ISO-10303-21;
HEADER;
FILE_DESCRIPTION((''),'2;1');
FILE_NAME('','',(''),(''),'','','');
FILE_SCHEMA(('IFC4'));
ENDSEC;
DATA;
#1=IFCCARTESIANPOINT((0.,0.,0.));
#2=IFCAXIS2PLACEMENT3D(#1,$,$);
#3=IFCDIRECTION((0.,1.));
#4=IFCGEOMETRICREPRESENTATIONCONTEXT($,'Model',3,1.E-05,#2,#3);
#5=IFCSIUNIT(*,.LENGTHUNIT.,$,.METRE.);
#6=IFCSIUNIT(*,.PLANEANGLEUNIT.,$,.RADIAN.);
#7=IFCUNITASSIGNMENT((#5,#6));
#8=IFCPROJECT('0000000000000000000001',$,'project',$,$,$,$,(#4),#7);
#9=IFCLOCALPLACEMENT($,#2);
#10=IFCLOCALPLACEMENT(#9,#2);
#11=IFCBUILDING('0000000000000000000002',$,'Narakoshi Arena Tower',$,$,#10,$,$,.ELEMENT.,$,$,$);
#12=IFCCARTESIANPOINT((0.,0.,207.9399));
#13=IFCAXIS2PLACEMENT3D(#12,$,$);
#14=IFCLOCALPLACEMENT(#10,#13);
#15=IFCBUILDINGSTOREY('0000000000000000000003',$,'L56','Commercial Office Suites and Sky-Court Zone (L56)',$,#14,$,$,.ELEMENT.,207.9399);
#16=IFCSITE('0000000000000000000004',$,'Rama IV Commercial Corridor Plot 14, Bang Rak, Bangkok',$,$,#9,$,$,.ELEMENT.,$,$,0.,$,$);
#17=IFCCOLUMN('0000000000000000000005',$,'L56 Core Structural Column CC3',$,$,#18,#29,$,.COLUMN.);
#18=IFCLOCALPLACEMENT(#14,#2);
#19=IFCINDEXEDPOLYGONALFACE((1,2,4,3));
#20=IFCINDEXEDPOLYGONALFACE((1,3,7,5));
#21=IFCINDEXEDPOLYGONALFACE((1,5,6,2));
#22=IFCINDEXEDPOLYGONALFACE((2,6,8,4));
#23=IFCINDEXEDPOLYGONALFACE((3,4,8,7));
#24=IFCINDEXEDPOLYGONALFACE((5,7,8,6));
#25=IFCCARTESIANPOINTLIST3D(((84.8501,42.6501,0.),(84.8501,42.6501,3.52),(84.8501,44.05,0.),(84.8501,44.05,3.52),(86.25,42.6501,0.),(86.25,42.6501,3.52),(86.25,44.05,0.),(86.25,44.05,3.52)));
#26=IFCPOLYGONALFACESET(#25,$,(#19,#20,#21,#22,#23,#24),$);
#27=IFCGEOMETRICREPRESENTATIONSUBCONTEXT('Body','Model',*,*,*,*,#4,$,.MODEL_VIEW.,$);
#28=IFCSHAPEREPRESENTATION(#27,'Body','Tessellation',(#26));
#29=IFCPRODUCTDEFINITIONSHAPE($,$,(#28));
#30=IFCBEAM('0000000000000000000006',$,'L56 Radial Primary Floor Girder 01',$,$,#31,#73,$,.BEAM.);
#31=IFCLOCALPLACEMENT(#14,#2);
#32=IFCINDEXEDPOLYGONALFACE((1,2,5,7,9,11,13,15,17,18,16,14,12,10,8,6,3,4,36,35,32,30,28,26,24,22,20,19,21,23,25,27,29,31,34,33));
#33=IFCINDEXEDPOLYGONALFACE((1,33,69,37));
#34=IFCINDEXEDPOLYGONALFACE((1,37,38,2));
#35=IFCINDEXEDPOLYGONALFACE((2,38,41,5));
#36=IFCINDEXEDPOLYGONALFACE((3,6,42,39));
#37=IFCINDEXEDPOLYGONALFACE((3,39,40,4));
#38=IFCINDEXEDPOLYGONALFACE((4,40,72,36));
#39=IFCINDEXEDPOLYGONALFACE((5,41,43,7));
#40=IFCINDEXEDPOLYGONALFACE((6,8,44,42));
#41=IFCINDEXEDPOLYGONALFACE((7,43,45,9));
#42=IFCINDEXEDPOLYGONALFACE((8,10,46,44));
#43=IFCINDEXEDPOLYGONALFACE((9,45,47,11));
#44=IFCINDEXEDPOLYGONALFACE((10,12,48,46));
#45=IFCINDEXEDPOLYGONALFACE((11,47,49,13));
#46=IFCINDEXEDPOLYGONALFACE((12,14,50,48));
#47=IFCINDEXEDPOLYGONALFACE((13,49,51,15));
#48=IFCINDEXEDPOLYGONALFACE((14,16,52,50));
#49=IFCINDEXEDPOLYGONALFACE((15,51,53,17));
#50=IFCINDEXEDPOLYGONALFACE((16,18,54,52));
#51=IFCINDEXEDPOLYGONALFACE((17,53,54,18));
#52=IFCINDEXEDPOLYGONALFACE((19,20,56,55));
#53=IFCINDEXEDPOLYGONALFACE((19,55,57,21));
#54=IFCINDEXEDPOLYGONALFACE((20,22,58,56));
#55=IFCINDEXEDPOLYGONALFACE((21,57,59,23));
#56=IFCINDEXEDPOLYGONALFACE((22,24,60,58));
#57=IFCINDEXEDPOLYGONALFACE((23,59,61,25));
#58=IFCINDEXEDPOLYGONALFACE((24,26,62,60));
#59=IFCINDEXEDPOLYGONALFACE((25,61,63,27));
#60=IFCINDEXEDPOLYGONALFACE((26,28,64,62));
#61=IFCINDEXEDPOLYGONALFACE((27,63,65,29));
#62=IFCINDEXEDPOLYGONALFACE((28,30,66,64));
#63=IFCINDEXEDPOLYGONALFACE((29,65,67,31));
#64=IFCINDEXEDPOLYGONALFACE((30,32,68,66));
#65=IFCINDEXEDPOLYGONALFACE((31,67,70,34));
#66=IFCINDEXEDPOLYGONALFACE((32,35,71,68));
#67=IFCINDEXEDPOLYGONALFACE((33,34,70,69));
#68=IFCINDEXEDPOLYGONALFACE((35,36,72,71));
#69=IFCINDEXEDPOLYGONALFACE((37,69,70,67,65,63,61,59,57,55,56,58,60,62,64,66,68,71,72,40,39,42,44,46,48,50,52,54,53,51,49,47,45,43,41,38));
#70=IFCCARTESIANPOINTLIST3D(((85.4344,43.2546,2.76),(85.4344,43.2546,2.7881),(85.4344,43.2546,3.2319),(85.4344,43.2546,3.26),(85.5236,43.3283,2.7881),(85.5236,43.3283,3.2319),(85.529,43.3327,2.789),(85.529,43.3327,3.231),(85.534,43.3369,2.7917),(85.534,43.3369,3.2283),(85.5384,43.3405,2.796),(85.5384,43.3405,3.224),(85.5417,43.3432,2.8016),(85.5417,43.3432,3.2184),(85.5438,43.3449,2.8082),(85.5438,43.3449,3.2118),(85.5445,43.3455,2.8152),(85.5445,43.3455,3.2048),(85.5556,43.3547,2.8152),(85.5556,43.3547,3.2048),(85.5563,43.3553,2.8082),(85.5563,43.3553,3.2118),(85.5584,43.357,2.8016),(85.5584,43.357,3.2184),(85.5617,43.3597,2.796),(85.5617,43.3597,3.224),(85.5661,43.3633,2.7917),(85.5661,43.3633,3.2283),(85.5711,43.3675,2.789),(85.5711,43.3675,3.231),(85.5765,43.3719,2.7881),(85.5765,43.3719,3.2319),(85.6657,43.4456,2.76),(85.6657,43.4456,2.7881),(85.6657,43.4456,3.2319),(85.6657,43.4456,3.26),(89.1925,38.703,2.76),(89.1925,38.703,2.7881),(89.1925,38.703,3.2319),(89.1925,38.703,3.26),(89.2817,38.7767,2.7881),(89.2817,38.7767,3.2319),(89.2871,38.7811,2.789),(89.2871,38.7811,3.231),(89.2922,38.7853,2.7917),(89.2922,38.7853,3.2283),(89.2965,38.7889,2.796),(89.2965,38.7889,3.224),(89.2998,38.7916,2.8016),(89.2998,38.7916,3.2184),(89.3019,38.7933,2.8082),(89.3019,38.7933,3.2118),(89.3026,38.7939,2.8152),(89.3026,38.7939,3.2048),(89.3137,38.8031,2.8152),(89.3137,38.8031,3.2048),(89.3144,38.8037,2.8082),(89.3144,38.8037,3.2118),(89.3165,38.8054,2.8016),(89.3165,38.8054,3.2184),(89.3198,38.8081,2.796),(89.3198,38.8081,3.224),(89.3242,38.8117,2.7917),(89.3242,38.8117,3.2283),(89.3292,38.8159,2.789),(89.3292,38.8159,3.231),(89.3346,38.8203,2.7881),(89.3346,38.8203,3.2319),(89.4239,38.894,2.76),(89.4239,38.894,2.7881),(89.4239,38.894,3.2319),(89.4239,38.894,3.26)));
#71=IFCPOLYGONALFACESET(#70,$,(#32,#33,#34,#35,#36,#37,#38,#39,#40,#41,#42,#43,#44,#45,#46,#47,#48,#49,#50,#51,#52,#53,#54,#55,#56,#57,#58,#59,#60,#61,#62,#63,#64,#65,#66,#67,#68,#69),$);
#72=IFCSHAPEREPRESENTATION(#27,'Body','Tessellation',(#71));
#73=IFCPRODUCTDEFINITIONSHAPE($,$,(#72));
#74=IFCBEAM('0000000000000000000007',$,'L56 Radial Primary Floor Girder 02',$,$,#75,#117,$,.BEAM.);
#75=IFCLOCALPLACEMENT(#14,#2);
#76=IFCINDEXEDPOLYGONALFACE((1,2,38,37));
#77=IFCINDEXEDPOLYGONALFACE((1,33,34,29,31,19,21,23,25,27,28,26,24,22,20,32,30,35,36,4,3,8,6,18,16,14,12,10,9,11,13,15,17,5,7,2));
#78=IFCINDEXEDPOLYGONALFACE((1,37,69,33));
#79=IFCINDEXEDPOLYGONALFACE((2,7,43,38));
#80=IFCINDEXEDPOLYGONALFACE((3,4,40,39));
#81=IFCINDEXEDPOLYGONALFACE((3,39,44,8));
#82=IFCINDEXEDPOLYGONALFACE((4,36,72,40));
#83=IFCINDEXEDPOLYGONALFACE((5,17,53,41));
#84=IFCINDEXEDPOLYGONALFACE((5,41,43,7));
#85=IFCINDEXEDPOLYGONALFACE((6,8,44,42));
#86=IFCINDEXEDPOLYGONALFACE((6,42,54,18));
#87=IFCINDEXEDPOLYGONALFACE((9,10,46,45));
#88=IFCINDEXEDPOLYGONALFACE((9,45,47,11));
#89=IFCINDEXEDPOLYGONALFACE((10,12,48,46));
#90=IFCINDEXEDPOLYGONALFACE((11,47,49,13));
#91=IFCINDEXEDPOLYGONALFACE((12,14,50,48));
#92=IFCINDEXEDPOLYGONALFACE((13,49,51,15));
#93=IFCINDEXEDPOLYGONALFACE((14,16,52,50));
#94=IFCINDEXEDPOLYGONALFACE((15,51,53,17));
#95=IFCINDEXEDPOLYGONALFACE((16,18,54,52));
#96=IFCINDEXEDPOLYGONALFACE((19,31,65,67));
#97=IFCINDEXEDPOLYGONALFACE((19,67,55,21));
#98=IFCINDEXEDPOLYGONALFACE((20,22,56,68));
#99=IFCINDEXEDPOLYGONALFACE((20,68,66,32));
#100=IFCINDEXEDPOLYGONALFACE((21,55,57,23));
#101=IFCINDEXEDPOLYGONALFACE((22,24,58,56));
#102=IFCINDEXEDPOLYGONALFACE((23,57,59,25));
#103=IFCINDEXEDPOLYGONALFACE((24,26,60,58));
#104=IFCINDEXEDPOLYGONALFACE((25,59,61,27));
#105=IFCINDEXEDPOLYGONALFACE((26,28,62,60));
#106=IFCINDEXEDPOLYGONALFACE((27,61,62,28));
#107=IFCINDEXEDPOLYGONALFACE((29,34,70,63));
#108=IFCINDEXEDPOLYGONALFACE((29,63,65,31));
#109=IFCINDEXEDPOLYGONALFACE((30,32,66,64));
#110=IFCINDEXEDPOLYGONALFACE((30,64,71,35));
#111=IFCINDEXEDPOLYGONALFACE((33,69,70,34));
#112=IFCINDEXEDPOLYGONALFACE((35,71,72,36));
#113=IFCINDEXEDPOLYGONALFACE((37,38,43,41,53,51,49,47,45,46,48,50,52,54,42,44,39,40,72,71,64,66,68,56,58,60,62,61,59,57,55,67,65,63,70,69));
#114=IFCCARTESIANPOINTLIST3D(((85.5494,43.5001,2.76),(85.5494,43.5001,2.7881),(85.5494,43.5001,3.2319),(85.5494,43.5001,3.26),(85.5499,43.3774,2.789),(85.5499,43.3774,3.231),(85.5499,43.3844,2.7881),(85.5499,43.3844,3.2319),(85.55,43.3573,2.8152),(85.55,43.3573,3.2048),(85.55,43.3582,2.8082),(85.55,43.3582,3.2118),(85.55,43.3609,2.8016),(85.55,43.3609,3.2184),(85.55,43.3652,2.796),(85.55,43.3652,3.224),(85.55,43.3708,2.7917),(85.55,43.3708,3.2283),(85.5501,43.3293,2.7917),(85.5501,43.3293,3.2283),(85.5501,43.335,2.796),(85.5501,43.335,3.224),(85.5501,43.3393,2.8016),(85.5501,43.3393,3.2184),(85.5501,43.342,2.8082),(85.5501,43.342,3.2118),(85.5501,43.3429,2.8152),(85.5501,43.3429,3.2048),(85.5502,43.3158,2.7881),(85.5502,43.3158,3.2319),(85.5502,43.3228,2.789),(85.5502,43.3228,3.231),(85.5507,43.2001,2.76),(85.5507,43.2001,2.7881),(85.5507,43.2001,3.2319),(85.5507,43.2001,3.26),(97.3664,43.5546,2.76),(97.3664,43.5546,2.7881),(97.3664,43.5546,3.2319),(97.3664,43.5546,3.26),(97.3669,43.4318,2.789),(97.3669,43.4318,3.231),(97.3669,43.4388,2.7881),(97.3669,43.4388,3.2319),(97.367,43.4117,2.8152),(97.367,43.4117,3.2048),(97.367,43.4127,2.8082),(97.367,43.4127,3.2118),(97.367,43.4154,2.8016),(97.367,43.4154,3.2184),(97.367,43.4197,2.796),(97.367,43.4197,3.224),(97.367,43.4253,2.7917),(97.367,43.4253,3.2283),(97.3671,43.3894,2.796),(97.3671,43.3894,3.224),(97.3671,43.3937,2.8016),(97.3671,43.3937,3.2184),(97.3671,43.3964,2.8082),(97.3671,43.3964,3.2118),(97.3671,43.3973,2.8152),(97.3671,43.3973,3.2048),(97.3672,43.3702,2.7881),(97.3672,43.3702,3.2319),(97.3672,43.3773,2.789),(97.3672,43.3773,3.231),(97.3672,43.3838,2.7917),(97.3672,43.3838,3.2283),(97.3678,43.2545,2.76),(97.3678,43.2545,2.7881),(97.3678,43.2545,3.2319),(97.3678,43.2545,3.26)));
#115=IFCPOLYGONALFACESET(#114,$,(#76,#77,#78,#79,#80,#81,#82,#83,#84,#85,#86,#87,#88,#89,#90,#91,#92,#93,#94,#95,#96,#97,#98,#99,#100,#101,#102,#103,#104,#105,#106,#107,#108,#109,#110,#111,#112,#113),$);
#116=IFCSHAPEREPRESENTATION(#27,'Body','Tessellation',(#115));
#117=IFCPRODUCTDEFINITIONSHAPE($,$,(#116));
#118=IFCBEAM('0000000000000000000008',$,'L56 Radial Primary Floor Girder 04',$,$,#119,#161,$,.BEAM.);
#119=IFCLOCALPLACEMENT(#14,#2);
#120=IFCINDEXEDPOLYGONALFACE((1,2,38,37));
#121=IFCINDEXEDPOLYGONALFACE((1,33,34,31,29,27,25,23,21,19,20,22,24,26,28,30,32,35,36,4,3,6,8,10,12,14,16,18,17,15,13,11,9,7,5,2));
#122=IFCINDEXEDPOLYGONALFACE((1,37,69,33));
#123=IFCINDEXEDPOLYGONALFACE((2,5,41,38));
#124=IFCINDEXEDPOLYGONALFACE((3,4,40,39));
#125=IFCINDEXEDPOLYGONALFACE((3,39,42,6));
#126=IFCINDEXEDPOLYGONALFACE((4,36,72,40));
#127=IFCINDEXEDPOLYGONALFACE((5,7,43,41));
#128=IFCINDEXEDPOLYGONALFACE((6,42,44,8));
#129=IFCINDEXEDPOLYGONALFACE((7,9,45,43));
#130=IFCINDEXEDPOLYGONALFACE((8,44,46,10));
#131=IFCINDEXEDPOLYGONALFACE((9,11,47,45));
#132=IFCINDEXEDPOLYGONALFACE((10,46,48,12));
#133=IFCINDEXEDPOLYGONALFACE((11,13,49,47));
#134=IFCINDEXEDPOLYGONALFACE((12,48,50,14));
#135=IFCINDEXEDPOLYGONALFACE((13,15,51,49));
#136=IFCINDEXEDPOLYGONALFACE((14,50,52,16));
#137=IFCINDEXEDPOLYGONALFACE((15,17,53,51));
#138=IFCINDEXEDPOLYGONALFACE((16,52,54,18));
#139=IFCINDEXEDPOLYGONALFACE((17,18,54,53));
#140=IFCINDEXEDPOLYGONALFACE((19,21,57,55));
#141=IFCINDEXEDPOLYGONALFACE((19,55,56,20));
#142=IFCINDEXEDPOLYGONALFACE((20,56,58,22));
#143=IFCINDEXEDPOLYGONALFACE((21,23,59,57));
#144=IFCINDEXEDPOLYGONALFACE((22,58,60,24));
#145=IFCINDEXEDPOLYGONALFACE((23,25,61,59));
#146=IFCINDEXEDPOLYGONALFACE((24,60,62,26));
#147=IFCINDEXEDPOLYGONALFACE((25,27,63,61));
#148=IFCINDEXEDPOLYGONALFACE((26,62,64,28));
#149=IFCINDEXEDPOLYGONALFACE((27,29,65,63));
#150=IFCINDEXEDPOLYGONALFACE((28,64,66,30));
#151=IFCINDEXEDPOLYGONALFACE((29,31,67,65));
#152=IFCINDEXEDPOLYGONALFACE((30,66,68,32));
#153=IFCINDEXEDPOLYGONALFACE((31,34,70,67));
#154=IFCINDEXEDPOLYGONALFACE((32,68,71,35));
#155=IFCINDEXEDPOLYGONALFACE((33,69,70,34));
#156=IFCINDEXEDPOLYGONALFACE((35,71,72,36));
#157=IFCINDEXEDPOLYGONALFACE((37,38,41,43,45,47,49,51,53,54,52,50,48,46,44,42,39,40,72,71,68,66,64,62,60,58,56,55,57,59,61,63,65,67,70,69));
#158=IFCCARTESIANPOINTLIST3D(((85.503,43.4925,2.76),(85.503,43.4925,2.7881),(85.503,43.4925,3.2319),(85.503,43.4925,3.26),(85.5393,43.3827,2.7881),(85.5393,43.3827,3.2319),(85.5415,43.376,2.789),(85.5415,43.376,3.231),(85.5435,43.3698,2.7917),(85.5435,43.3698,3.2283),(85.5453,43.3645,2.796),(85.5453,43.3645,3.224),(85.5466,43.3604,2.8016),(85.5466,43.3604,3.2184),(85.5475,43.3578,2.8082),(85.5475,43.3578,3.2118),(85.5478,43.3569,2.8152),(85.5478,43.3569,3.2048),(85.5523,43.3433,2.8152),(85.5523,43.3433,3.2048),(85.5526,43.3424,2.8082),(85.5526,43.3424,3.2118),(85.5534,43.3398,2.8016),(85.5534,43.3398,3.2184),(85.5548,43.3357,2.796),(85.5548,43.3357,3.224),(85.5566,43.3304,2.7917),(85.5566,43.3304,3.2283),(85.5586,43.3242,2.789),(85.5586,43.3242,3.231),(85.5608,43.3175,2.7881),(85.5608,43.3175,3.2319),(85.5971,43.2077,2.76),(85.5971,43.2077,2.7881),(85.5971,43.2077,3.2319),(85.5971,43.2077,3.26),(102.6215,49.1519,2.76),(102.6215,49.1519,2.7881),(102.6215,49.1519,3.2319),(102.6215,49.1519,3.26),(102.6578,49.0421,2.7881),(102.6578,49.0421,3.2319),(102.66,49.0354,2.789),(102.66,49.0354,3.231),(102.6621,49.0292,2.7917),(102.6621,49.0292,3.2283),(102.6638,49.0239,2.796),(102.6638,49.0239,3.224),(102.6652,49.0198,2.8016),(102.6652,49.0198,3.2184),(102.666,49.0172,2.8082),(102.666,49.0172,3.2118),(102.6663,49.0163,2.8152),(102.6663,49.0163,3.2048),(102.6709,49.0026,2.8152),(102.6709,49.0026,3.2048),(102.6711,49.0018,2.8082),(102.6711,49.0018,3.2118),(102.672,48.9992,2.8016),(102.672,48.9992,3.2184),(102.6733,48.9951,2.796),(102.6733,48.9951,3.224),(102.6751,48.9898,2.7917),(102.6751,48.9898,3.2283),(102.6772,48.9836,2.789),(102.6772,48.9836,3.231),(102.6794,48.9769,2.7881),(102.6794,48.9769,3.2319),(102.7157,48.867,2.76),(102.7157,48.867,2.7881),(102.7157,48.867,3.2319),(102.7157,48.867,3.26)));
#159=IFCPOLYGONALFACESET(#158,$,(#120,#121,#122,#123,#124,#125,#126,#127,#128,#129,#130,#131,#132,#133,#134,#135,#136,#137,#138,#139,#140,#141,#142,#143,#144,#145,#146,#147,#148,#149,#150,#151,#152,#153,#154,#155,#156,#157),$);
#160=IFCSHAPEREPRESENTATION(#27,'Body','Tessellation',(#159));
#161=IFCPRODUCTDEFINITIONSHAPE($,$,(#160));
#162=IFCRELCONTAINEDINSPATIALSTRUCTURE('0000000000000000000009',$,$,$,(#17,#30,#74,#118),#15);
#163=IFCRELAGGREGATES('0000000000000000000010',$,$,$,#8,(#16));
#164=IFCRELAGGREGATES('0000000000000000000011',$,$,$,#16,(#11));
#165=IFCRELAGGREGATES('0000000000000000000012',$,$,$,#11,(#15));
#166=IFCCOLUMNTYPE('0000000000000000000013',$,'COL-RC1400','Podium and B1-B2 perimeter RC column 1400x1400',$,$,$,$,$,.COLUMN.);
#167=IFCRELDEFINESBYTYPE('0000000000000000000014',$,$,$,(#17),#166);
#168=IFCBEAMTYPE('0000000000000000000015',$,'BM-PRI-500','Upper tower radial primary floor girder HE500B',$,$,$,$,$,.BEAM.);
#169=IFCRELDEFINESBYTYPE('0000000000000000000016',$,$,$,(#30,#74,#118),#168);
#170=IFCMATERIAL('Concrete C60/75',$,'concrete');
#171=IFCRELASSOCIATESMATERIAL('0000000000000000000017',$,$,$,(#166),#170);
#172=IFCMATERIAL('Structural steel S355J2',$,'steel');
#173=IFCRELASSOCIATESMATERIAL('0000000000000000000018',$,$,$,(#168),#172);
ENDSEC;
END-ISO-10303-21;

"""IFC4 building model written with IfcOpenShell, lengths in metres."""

from ifc_helpers import new_model, si_unit, direction, frame, origin, origin_2d, place, context, subcontext, project, spatial, rectangle, i_section, extrude, material, material_profile, profile_set, type_object, element, save


model = new_model("IFC4")

# Units and contexts
model_context = context("Model", 3, precision=1e-05, world=origin(), true_north=direction((0.0, 1.0)))
body_context = subcontext(model_context, "Body", "Model", "MODEL_VIEW")
ifc_project = project(units=[si_unit("LENGTHUNIT", "METRE"), si_unit("PLANEANGLEUNIT", "RADIAN")], contexts=[model_context])

# Site, building, storey
site_placement = place(None, origin())
site = spatial("IfcSite", under=ifc_project, at=site_placement, Name="Rama IV Commercial Corridor Plot 14, Bang Rak, Bangkok", CompositionType="ELEMENT", RefElevation=0.0)
building_placement = place(site_placement, origin())
building = spatial("IfcBuilding", under=site, at=building_placement, Name="Narakoshi Arena Tower", CompositionType="ELEMENT")
storey_placement = place(building_placement, frame((0.0, 0.0, 207.9399)))
storey = spatial("IfcBuildingStorey", under=building, at=storey_placement, Name="L56", Description="Commercial Office Suites and Sky-Court Zone (L56)", CompositionType="ELEMENT", Elevation=207.9399)

# Column
ifc_material_1 = material(Name="Concrete C60/75", Category="concrete")
ifc_material_profile_1 = material_profile(ifc_material_1, rectangle(XDim=1.3999, YDim=1.3999, at=origin_2d()), Name="RC1400x1400")
ifc_profile_set_1 = profile_set([ifc_material_profile_1], Name="Concrete C60/75")
column_type = type_object("IfcColumnType", Name="COL-RC1400", Description="Podium and B1-B2 perimeter RC column 1400x1400", PredefinedType="COLUMN", material=ifc_profile_set_1)
column_placement = place(storey_placement, frame((85.55, 43.3501, 0.0), z_axis=(0.0, 0.0, 1.0), x_axis=(1.0, 0.0, 0.0)))
element("IfcColumn", 1, at=column_placement, inside=storey, type_object=column_type, Name="L56 Core Structural Column CC3", PredefinedType="COLUMN", context=body_context, shape_type="SweptSolid", body=[
    extrude(rectangle(XDim=1.3999, YDim=1.3999, at=origin_2d()), origin(), (0.0, 0.0, 1.0), 3.52),
])

# Beams
ifc_material_2 = material(Name="Structural steel S355J2", Category="steel")
ifc_material_profile_2 = material_profile(ifc_material_2, i_section(OverallWidth=0.3, OverallDepth=0.5, WebThickness=0.0144, FlangeThickness=0.0281, FilletRadius=0.0271, at=origin_2d()), Name="HE500B")
ifc_profile_set_2 = profile_set([ifc_material_profile_2], Name="Structural steel S355J2")
beam_type_1 = type_object("IfcBeamType", Name="BM-PRI-500", Description="Upper tower radial primary floor girder HE500B", PredefinedType="BEAM", material=ifc_profile_set_2)
beam_1_placement = place(storey_placement, frame((85.55, 43.3501, 3.01), z_axis=(0.636691, -0.771119, 0.0), x_axis=(0.771119, 0.636691, 0.0)))
element("IfcBeam", 2, at=beam_1_placement, inside=storey, type_object=beam_type_1, Name="L56 Radial Primary Floor Girder 01", PredefinedType="BEAM", context=body_context, shape_type="SweptSolid", body=[
    extrude(i_section(OverallWidth=0.3, OverallDepth=0.5, WebThickness=0.0144, FlangeThickness=0.0281, FilletRadius=0.0271, at=origin_2d()), origin(), (0.0, 0.0, 1.0), 5.9026),
])
beam_2_placement = place(storey_placement, frame((85.55, 43.3501, 3.01), z_axis=(0.999989, 0.004607, 0.0), x_axis=(-0.004607, 0.999989, 0.0)))
element("IfcBeam", 3, at=beam_2_placement, inside=storey, type_object=beam_type_1, Name="L56 Radial Primary Floor Girder 02", PredefinedType="BEAM", context=body_context, shape_type="SweptSolid", body=[
    extrude(i_section(OverallWidth=0.3, OverallDepth=0.5, WebThickness=0.0144, FlangeThickness=0.0281, FilletRadius=0.0271, at=origin_2d()), origin(), (0.0, 0.0, 1.0), 11.8171),
])
beam_3_placement = place(storey_placement, frame((85.55, 43.3501, 3.01), z_axis=(0.949459, 0.313891, 0.0), x_axis=(-0.313891, 0.949459, 0.0)))
element("IfcBeam", 4, at=beam_3_placement, inside=storey, type_object=beam_type_1, Name="L56 Radial Primary Floor Girder 04", PredefinedType="BEAM", context=body_context, shape_type="SweptSolid", body=[
    extrude(i_section(OverallWidth=0.3, OverallDepth=0.5, WebThickness=0.0144, FlangeThickness=0.0281, FilletRadius=0.0271, at=origin_2d()), origin(), (0.0, 0.0, 1.0), 18.0298),
])

save(model, "model.ifc")
